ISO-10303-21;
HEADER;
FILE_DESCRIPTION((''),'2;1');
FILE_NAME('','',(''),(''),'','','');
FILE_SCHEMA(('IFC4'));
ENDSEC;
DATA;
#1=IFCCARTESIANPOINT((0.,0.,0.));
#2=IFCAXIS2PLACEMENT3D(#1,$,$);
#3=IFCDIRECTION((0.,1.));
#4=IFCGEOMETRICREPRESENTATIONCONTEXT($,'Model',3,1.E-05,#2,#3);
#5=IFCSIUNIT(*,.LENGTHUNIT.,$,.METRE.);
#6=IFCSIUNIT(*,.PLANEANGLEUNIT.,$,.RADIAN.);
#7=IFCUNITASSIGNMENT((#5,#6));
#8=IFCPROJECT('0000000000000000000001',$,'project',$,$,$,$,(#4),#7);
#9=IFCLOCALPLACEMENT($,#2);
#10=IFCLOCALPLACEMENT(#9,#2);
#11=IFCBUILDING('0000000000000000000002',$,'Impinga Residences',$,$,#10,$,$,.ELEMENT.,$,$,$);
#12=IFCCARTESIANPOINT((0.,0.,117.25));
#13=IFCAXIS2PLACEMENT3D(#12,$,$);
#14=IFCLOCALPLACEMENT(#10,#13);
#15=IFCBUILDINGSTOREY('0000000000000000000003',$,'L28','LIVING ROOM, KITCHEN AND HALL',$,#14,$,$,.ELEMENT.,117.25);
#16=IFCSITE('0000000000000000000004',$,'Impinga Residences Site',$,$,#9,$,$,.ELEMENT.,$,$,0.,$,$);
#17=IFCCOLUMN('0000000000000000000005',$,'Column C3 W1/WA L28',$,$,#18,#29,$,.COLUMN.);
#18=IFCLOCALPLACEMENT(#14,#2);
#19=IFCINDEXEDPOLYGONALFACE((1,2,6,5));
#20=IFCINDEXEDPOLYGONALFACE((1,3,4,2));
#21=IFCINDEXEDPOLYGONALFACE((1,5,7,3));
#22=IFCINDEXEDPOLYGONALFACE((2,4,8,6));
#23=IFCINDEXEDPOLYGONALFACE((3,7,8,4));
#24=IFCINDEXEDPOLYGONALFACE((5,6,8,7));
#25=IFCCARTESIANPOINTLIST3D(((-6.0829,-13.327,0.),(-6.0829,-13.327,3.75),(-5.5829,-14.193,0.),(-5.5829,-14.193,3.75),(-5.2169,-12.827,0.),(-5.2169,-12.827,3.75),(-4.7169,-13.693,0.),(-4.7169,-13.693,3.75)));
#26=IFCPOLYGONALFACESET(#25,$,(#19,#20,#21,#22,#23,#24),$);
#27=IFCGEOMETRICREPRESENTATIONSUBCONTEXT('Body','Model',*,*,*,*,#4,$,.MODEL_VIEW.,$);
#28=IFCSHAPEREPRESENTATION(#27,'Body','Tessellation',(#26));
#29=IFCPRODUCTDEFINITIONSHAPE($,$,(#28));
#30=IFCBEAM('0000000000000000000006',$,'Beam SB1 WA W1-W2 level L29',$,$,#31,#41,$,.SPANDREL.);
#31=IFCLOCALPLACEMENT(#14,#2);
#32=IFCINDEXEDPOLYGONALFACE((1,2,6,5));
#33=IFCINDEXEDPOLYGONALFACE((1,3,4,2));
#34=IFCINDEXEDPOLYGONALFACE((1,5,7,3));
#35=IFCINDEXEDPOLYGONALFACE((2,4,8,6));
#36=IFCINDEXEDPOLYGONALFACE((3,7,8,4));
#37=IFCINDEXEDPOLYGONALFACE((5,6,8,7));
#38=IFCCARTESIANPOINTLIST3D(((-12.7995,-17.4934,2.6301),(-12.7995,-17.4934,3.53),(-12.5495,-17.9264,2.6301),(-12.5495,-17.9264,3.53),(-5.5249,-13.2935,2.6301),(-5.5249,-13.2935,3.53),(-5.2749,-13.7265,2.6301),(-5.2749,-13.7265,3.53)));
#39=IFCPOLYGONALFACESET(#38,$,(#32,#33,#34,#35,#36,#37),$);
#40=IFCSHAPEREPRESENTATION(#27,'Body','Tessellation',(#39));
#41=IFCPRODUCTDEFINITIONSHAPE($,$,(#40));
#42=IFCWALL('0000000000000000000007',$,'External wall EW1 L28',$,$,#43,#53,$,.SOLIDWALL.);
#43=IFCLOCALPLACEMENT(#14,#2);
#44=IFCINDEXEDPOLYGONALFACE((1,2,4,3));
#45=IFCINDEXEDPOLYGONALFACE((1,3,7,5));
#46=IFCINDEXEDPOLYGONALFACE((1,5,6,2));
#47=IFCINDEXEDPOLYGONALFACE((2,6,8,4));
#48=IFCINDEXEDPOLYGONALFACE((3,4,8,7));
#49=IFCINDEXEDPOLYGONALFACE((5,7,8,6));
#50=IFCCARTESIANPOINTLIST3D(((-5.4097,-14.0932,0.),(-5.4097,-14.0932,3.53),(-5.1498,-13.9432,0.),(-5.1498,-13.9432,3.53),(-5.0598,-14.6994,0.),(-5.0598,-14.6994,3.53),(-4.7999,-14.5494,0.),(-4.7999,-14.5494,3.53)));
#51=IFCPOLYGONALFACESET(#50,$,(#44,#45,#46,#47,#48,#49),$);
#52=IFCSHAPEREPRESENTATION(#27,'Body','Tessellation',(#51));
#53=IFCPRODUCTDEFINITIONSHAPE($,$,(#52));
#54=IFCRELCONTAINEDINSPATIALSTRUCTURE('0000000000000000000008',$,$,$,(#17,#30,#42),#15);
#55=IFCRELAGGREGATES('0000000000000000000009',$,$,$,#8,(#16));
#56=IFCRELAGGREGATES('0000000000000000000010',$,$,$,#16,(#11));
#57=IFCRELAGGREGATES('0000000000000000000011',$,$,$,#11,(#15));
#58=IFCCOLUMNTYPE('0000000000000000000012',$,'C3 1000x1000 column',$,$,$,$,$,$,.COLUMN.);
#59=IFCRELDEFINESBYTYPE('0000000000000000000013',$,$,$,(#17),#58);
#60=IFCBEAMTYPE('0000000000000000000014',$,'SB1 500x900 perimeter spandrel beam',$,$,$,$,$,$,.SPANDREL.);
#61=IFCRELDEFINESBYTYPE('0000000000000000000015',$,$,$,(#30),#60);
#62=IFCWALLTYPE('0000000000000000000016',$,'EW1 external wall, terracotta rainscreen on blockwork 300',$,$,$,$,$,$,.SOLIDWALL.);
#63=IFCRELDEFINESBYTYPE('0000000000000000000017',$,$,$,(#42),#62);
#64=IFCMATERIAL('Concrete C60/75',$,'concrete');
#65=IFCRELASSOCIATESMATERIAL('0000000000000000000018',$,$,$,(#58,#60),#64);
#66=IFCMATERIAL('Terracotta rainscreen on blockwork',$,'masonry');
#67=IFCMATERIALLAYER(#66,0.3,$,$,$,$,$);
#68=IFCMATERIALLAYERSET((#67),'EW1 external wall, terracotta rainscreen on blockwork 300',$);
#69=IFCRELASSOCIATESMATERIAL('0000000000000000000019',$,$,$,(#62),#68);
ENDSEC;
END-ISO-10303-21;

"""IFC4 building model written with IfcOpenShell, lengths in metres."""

from ifc_helpers import new_model, si_unit, direction, frame, frame_2d, origin, origin_2d, place, context, subcontext, project, spatial, rectangle, extrude, material, layer, layer_set, material_profile, profile_set, type_object, element, save


model = new_model("IFC4")

# Units and contexts
model_context = context("Model", 3, precision=1e-05, world=origin(), true_north=direction((0.0, 1.0)))
body_context = subcontext(model_context, "Body", "Model", "MODEL_VIEW")
ifc_project = project(units=[si_unit("LENGTHUNIT", "METRE"), si_unit("PLANEANGLEUNIT", "RADIAN")], contexts=[model_context])

# Site, building, storey
site_placement = place(None, origin())
site = spatial("IfcSite", under=ifc_project, at=site_placement, Name="Impinga Residences Site", CompositionType="ELEMENT", RefElevation=0.0)
building_placement = place(site_placement, origin())
building = spatial("IfcBuilding", under=site, at=building_placement, Name="Impinga Residences", CompositionType="ELEMENT")
storey_placement = place(building_placement, frame((0.0, 0.0, 117.25)))
storey = spatial("IfcBuildingStorey", under=building, at=storey_placement, Name="L28", Description="LIVING ROOM, KITCHEN AND HALL", CompositionType="ELEMENT", Elevation=117.25)

# Column
ifc_material_1 = material(Name="Concrete C60/75", Category="concrete")
ifc_material_profile_1 = material_profile(ifc_material_1, rectangle(XDim=1.0, YDim=1.0, at=origin_2d()), Name="RC 1000x1000")
ifc_profile_set_1 = profile_set([ifc_material_profile_1], Name="Concrete C60/75")
column_type = type_object("IfcColumnType", Name="C3 1000x1000 column", PredefinedType="COLUMN", material=ifc_profile_set_1)
column_placement = place(storey_placement, frame((-5.3999, -13.51, 0.0), z_axis=(0.0, 0.0, 1.0), x_axis=(-0.5, 0.866025, 0.0)))
element("IfcColumn", 1, at=column_placement, inside=storey, type_object=column_type, Name="Column C3 W1/WA L28", PredefinedType="COLUMN", context=body_context, shape_type="SweptSolid", body=[
    extrude(rectangle(XDim=1.0, YDim=1.0, at=origin_2d()), origin(), (0.0, 0.0, 1.0), 3.75),
])

# Beam
ifc_material_profile_2 = material_profile(ifc_material_1, rectangle(XDim=0.5, YDim=0.8999, at=origin_2d()), Name="RC 500x900")
ifc_profile_set_2 = profile_set([ifc_material_profile_2], Name="Concrete C60/75")
beam_type = type_object("IfcBeamType", Name="SB1 500x900 perimeter spandrel beam", PredefinedType="SPANDREL", material=ifc_profile_set_2)
beam_placement = place(storey_placement, frame((-5.3999, -13.51, 3.0801), z_axis=(-0.866029, -0.499993, 0.0), x_axis=(0.499993, -0.866029, 0.0)))
element("IfcBeam", 2, at=beam_placement, inside=storey, type_object=beam_type, Name="Beam SB1 WA W1-W2 level L29", PredefinedType="SPANDREL", context=body_context, shape_type="SweptSolid", body=[
    extrude(rectangle(XDim=0.5, YDim=0.8999, at=origin_2d()), origin(), (0.0, 0.0, 1.0), 8.3999),
])

# Wall
ifc_material_2 = material(Name="Terracotta rainscreen on blockwork", Category="masonry")
ifc_layer_1 = layer(ifc_material_2, 0.3)
ifc_layer_set_1 = layer_set([ifc_layer_1], Name="EW1 external wall, terracotta rainscreen on blockwork 300")
wall_type_1 = type_object("IfcWallType", Name="EW1 external wall, terracotta rainscreen on blockwork 300", PredefinedType="SOLIDWALL", material=ifc_layer_set_1)
wall_1_placement = place(storey_placement, frame((-5.2798, -14.0181, 0.0), z_axis=(0.0, 0.0, 1.0), x_axis=(0.499853, -0.86611, 0.0)))
element("IfcWall", 3, at=wall_1_placement, inside=storey, type_object=wall_type_1, Name="External wall EW1 L28", PredefinedType="SOLIDWALL", context=body_context, shape_type="SweptSolid", body=[
    extrude(rectangle(XDim=0.7, YDim=0.3, at=frame_2d((0.3501, 0.0))), origin(), (0.0, 0.0, 1.0), 3.53),
])

save(model, "model.ifc")
